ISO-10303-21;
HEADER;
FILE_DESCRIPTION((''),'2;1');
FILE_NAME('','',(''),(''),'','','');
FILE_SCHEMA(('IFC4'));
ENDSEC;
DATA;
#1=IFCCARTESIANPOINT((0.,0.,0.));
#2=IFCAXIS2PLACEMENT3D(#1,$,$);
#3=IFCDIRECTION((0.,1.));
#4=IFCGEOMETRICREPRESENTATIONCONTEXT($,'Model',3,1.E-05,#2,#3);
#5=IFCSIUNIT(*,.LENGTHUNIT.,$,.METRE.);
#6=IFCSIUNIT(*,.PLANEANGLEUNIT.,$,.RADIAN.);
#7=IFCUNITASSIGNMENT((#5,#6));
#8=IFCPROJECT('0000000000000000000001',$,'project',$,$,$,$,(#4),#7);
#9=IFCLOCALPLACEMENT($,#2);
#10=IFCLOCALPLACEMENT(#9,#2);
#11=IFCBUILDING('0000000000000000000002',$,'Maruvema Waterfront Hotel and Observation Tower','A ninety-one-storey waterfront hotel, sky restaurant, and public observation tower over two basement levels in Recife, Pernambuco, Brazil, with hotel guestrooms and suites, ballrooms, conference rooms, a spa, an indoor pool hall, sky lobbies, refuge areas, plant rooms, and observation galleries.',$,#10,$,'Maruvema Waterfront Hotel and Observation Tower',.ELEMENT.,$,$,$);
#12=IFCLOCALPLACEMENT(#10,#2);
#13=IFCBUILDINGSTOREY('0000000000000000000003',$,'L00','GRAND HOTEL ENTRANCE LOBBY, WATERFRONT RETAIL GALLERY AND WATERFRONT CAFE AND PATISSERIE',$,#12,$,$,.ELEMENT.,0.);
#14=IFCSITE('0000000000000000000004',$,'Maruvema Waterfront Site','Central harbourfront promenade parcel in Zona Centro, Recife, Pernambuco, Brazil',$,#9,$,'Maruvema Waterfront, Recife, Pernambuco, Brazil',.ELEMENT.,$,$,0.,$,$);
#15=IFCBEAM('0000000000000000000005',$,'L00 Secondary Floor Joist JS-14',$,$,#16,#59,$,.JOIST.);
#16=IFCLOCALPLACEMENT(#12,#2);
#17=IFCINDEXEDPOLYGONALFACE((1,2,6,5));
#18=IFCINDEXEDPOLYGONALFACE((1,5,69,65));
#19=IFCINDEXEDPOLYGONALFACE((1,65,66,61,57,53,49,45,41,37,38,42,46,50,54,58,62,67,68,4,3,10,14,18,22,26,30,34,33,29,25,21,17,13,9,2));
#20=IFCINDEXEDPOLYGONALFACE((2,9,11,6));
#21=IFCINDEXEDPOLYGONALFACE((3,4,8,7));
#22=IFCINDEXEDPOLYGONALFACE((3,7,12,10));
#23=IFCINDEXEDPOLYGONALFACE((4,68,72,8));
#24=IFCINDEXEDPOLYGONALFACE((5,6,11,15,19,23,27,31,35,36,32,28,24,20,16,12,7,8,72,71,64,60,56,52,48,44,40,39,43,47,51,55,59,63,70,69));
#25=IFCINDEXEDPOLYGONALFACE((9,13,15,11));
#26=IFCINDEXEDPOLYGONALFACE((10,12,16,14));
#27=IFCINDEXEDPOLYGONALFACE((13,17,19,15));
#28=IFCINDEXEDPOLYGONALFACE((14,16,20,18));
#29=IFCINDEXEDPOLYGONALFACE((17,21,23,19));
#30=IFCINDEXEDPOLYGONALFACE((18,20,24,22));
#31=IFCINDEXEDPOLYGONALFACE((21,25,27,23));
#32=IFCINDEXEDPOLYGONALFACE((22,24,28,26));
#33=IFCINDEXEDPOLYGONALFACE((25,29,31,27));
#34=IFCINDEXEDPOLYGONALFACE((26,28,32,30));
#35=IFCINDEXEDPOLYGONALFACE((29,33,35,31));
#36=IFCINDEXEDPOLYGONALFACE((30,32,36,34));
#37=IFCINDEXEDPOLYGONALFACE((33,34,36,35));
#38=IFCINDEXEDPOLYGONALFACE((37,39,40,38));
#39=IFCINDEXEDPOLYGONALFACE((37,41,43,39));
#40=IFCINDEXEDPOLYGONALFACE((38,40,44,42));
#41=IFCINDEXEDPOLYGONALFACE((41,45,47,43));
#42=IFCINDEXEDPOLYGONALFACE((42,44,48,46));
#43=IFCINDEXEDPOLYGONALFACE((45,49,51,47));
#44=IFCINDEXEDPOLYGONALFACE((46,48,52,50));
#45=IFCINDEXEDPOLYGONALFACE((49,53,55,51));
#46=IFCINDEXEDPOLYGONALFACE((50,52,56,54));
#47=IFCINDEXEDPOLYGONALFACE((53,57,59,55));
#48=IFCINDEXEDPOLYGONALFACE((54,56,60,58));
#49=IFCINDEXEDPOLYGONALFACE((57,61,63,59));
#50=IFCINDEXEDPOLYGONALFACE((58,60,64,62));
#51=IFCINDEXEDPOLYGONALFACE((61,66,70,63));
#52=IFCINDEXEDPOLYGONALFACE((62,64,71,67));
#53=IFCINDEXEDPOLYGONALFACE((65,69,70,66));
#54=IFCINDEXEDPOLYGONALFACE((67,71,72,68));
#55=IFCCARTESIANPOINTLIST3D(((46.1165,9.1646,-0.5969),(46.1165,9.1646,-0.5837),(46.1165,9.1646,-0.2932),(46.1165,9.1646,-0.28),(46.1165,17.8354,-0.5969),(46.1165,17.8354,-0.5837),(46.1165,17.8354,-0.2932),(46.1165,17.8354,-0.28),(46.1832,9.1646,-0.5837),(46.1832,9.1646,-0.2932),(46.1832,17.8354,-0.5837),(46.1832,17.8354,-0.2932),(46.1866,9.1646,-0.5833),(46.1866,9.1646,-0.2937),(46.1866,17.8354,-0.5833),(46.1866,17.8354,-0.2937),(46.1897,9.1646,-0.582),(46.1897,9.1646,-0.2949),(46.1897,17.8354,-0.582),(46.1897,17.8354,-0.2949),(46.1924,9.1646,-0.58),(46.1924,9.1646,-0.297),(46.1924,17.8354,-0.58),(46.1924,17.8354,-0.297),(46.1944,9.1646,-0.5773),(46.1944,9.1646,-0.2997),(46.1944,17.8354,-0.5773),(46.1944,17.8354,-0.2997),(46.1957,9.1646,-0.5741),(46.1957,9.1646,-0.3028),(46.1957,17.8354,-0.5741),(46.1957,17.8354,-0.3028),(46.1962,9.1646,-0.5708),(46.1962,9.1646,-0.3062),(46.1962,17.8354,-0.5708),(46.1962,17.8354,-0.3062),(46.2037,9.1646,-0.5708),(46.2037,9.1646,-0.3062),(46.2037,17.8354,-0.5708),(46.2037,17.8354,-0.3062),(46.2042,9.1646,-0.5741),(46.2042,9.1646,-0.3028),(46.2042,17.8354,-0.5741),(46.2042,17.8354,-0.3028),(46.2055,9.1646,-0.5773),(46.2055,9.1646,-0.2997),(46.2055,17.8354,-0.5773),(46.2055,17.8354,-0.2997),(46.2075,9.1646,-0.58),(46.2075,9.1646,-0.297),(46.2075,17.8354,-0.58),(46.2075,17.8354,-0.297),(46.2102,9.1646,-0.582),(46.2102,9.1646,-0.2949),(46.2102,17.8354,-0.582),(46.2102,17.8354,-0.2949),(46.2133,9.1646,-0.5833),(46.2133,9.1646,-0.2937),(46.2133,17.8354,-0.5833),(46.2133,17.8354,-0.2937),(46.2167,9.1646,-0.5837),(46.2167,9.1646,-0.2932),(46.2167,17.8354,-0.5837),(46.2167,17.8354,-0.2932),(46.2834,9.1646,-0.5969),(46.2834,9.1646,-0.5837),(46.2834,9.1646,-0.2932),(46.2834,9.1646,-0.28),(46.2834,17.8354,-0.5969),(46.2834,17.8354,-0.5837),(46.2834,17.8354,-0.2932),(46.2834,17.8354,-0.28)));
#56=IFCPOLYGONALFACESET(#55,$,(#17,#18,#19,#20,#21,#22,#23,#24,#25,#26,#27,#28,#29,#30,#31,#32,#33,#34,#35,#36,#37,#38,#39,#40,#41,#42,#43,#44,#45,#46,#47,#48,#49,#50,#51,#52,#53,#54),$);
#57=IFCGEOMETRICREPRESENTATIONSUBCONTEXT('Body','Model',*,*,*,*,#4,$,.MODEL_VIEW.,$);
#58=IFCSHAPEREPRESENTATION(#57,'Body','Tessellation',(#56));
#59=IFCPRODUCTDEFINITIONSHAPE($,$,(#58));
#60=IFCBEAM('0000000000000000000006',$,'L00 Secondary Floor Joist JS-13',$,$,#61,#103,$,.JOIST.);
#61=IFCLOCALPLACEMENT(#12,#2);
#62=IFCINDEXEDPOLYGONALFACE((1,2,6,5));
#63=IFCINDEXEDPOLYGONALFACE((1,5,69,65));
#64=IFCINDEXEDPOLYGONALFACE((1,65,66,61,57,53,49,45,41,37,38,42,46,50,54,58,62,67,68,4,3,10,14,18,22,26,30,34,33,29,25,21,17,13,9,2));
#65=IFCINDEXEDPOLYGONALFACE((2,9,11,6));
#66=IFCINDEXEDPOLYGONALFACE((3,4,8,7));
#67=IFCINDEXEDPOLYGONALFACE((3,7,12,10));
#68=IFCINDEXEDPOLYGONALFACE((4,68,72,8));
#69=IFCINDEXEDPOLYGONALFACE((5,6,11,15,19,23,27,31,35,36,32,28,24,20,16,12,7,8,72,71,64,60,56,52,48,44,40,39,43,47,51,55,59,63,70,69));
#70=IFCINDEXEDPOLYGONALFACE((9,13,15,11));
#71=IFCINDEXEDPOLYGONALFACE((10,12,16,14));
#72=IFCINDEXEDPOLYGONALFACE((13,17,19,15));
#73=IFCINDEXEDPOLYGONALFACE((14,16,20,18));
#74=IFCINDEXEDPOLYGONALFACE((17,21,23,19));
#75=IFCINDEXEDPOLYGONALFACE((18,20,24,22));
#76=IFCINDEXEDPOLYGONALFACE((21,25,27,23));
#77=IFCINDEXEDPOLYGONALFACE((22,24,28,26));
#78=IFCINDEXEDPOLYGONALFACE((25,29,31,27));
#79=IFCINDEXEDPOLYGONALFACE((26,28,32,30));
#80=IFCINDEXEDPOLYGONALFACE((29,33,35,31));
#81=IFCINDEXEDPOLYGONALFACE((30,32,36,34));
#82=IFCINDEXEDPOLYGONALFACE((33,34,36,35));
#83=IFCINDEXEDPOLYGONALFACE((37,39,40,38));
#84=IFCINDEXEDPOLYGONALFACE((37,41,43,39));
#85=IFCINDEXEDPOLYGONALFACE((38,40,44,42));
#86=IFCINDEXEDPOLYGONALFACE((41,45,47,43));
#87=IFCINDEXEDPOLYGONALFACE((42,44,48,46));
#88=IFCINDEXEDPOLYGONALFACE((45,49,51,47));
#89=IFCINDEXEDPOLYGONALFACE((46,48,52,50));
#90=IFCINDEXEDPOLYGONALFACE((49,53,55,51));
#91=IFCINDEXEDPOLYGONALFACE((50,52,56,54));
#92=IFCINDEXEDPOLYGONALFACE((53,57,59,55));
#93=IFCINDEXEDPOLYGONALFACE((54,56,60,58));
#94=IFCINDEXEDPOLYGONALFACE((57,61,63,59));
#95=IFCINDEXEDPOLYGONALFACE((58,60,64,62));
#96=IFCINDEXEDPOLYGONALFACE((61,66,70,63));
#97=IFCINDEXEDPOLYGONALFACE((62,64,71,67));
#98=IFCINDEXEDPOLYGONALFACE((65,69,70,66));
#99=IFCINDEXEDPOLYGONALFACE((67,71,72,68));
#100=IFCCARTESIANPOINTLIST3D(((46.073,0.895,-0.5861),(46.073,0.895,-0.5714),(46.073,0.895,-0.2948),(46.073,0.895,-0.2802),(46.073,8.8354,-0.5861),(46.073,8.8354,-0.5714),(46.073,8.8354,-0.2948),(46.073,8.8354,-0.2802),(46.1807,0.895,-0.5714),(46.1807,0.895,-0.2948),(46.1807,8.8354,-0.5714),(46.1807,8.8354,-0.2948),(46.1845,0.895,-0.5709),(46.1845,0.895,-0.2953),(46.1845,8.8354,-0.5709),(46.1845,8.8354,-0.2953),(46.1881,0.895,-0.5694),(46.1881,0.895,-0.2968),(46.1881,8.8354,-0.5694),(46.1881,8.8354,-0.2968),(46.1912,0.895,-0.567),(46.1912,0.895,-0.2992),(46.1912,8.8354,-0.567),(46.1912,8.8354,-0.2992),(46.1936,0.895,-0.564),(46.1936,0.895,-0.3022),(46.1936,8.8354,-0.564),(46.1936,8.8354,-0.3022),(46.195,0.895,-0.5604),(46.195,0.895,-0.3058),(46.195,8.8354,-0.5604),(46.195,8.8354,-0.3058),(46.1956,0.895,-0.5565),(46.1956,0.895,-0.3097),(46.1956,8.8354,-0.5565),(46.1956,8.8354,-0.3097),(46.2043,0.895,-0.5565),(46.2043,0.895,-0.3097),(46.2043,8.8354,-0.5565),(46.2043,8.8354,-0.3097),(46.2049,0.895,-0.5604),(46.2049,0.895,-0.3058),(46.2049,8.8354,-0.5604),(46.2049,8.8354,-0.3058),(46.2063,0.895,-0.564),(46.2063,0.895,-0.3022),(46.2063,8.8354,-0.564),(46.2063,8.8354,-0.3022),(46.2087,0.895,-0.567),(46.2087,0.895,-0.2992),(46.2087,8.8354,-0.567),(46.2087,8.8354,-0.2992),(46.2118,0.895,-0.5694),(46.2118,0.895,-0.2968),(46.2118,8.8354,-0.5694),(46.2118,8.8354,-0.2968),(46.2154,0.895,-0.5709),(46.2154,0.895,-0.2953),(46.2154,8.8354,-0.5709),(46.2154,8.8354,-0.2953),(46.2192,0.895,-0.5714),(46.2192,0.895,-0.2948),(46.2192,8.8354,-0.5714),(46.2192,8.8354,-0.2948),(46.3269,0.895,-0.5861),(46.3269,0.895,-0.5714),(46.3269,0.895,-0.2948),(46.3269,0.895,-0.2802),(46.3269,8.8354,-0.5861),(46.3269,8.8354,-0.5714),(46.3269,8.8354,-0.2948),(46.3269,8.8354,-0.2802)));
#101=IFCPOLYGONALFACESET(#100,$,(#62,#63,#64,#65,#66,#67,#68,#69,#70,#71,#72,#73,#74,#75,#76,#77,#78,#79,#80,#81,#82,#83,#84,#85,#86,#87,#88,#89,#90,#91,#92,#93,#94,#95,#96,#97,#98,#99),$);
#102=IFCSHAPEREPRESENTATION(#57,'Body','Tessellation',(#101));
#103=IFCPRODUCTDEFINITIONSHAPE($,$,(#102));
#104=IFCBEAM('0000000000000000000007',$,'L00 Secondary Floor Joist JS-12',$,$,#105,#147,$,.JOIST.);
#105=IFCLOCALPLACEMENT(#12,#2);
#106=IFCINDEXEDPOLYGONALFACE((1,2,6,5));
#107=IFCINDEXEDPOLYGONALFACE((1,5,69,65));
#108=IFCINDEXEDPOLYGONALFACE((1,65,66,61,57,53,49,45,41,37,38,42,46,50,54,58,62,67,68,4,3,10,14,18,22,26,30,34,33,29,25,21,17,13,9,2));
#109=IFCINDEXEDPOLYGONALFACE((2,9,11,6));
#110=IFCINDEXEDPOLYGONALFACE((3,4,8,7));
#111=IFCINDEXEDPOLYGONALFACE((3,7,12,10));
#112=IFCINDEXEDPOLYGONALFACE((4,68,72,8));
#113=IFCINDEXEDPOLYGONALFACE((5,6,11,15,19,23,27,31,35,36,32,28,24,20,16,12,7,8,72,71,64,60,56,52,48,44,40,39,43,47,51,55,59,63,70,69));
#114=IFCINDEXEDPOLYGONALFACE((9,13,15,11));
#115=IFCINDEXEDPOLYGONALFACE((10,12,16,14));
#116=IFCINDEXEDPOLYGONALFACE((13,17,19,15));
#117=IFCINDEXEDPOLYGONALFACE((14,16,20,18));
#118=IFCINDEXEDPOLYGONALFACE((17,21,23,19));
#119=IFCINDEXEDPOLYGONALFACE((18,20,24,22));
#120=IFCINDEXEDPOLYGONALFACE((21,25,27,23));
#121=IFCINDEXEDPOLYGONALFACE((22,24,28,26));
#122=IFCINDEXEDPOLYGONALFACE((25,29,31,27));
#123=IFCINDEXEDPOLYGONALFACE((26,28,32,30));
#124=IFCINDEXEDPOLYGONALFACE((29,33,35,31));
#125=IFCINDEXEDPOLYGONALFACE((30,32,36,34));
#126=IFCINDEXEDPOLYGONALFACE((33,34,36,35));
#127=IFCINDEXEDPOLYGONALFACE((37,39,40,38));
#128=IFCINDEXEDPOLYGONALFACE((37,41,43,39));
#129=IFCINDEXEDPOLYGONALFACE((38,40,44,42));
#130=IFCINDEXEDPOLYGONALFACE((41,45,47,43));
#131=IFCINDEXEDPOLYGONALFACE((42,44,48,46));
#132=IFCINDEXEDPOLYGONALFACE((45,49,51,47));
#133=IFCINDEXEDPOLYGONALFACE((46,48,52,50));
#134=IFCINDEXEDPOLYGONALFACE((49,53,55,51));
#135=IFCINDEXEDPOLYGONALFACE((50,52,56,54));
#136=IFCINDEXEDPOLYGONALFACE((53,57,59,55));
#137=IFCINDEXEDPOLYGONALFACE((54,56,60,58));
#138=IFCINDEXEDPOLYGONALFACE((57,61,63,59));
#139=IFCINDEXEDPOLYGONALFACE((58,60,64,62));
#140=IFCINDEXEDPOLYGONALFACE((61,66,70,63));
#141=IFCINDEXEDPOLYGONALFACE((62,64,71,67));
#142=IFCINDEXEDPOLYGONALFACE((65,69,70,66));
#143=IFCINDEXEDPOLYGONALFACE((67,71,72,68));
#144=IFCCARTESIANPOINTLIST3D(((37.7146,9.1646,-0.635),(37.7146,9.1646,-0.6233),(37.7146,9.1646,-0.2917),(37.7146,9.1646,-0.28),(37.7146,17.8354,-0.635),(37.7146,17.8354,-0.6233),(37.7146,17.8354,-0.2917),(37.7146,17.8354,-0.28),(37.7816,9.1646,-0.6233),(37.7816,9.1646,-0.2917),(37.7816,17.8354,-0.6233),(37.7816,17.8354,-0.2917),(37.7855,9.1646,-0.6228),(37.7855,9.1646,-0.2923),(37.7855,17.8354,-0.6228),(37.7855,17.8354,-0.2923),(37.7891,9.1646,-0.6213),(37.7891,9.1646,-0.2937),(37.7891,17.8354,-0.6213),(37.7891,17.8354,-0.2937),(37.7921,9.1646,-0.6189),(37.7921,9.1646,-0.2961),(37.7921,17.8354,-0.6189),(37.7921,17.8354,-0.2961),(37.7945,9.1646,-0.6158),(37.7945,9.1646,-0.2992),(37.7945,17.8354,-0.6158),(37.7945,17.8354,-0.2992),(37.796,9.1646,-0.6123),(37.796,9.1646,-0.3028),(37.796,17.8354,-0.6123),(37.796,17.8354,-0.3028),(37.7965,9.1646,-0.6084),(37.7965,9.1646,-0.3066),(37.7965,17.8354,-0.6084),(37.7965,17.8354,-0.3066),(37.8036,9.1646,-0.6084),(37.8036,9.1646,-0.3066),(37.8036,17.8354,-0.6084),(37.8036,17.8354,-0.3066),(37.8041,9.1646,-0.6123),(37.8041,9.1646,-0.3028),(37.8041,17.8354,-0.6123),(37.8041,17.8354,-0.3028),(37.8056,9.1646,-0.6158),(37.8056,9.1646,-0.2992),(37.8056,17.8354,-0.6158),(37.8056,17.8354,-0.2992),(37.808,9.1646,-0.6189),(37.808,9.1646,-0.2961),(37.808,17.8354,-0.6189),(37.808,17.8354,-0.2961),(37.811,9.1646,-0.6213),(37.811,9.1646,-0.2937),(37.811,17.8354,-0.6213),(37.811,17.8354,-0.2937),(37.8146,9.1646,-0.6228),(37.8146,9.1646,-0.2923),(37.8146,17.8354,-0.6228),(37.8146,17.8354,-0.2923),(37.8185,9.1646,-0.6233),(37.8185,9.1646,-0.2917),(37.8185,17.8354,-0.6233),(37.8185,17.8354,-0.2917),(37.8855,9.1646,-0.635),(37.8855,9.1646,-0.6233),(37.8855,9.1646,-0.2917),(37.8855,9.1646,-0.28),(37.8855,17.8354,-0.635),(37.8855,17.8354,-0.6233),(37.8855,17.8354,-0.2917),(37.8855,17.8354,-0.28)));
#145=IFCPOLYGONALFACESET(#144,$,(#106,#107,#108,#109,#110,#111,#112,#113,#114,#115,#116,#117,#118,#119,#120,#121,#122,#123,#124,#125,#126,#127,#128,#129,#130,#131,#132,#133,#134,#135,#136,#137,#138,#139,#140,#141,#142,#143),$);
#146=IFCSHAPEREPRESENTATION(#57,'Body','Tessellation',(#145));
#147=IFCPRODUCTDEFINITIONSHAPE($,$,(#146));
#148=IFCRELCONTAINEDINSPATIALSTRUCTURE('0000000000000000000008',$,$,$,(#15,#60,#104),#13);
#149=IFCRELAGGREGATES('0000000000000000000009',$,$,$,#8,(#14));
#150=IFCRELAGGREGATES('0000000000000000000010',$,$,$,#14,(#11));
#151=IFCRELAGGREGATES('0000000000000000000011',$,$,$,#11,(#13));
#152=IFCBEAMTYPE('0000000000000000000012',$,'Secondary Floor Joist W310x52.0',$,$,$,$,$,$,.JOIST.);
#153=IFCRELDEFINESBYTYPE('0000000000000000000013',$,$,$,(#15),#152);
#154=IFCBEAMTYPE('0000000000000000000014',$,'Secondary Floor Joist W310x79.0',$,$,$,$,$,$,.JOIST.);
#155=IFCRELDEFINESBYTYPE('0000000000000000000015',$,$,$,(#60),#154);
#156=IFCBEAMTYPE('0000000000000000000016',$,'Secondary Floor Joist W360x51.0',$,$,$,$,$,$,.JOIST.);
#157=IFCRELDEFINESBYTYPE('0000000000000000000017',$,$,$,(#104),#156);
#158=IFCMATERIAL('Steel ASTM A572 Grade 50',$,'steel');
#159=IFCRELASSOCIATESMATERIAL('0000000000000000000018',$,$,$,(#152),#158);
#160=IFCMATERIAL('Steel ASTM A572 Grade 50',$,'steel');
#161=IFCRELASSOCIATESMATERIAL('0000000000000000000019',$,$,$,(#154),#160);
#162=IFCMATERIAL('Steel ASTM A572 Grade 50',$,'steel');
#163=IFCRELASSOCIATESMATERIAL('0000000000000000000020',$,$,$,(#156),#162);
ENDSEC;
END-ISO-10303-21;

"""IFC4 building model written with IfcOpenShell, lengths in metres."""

from ifc_helpers import new_model, si_unit, direction, frame, origin, origin_2d, place, context, subcontext, project, spatial, i_section, extrude, material, material_profile, profile_set, type_object, element, save


model = new_model("IFC4")

# Units and contexts
model_context = context("Model", 3, precision=1e-05, world=origin(), true_north=direction((0.0, 1.0)))
body_context = subcontext(model_context, "Body", "Model", "MODEL_VIEW")
ifc_project = project(units=[si_unit("LENGTHUNIT", "METRE"), si_unit("PLANEANGLEUNIT", "RADIAN")], contexts=[model_context])

# Site, building, storey
site_placement = place(None, origin())
site = spatial("IfcSite", under=ifc_project, at=site_placement, Name="Maruvema Waterfront Site", Description="Central harbourfront promenade parcel in Zona Centro, Recife, Pernambuco, Brazil", LongName="Maruvema Waterfront, Recife, Pernambuco, Brazil", CompositionType="ELEMENT", RefElevation=0.0)
building_placement = place(site_placement, origin())
building = spatial("IfcBuilding", under=site, at=building_placement, Name="Maruvema Waterfront Hotel and Observation Tower", Description="A ninety-one-storey waterfront hotel, sky restaurant, and public observation tower over two basement levels in Recife, Pernambuco, Brazil, with hotel guestrooms and suites, ballrooms, conference rooms, a spa, an indoor pool hall, sky lobbies, refuge areas, plant rooms, and observation galleries.", LongName="Maruvema Waterfront Hotel and Observation Tower", CompositionType="ELEMENT")
storey_placement = place(building_placement, origin())
storey = spatial("IfcBuildingStorey", under=building, at=storey_placement, Name="L00", Description="GRAND HOTEL ENTRANCE LOBBY, WATERFRONT RETAIL GALLERY AND WATERFRONT CAFE AND PATISSERIE", CompositionType="ELEMENT", Elevation=0.0)

# Beams
ifc_material_1 = material(Name="Steel ASTM A572 Grade 50", Category="steel")
ifc_material_profile_1 = material_profile(ifc_material_1, i_section(OverallWidth=0.167, OverallDepth=0.3169, WebThickness=0.0076, FlangeThickness=0.0132, FilletRadius=0.0129, at=origin_2d()), Name="W310x52.0")
ifc_profile_set_1 = profile_set([ifc_material_profile_1], Name="Steel ASTM A572 Grade 50")
beam_type_1 = type_object("IfcBeamType", Name="Secondary Floor Joist W310x52.0", PredefinedType="JOIST", material=ifc_profile_set_1)
beam_1_placement = place(storey_placement, frame((46.2, 9.1646, -0.4385), z_axis=(0.0, 1.0, 0.0), x_axis=(-1.0, 0.0, 0.0)))
element("IfcBeam", 1, at=beam_1_placement, inside=storey, type_object=beam_type_1, Name="L00 Secondary Floor Joist JS-14", PredefinedType="JOIST", context=body_context, shape_type="SweptSolid", body=[
    extrude(i_section(OverallWidth=0.167, OverallDepth=0.3169, WebThickness=0.0076, FlangeThickness=0.0132, FilletRadius=0.0129, at=origin_2d()), origin(), (0.0, 0.0, 1.0), 8.6709),
])
ifc_material_2 = material(Name="Steel ASTM A572 Grade 50", Category="steel")
ifc_material_profile_2 = material_profile(ifc_material_2, i_section(OverallWidth=0.2539, OverallDepth=0.3059, WebThickness=0.0088, FlangeThickness=0.0146, FilletRadius=0.0149, at=origin_2d()), Name="W310x79.0")
ifc_profile_set_2 = profile_set([ifc_material_profile_2], Name="Steel ASTM A572 Grade 50")
beam_type_2 = type_object("IfcBeamType", Name="Secondary Floor Joist W310x79.0", PredefinedType="JOIST", material=ifc_profile_set_2)
beam_2_placement = place(storey_placement, frame((46.2, 0.895, -0.4331), z_axis=(0.0, 1.0, 0.0), x_axis=(-1.0, 0.0, 0.0)))
element("IfcBeam", 2, at=beam_2_placement, inside=storey, type_object=beam_type_2, Name="L00 Secondary Floor Joist JS-13", PredefinedType="JOIST", context=body_context, shape_type="SweptSolid", body=[
    extrude(i_section(OverallWidth=0.2539, OverallDepth=0.3059, WebThickness=0.0088, FlangeThickness=0.0146, FilletRadius=0.0149, at=origin_2d()), origin(), (0.0, 0.0, 1.0), 7.9404),
])
ifc_material_3 = material(Name="Steel ASTM A572 Grade 50", Category="steel")
ifc_material_profile_3 = material_profile(ifc_material_3, i_section(OverallWidth=0.1709, OverallDepth=0.355, WebThickness=0.0071, FlangeThickness=0.0117, FilletRadius=0.0149, at=origin_2d()), Name="W360x51.0")
ifc_profile_set_3 = profile_set([ifc_material_profile_3], Name="Steel ASTM A572 Grade 50")
beam_type_3 = type_object("IfcBeamType", Name="Secondary Floor Joist W360x51.0", PredefinedType="JOIST", material=ifc_profile_set_3)
beam_3_placement = place(storey_placement, frame((37.8, 9.1646, -0.4575), z_axis=(0.0, 1.0, 0.0), x_axis=(-1.0, 0.0, 0.0)))
element("IfcBeam", 3, at=beam_3_placement, inside=storey, type_object=beam_type_3, Name="L00 Secondary Floor Joist JS-12", PredefinedType="JOIST", context=body_context, shape_type="SweptSolid", body=[
    extrude(i_section(OverallWidth=0.1709, OverallDepth=0.355, WebThickness=0.0071, FlangeThickness=0.0117, FilletRadius=0.0149, at=origin_2d()), origin(), (0.0, 0.0, 1.0), 8.6709),
])

save(model, "model.ifc")
